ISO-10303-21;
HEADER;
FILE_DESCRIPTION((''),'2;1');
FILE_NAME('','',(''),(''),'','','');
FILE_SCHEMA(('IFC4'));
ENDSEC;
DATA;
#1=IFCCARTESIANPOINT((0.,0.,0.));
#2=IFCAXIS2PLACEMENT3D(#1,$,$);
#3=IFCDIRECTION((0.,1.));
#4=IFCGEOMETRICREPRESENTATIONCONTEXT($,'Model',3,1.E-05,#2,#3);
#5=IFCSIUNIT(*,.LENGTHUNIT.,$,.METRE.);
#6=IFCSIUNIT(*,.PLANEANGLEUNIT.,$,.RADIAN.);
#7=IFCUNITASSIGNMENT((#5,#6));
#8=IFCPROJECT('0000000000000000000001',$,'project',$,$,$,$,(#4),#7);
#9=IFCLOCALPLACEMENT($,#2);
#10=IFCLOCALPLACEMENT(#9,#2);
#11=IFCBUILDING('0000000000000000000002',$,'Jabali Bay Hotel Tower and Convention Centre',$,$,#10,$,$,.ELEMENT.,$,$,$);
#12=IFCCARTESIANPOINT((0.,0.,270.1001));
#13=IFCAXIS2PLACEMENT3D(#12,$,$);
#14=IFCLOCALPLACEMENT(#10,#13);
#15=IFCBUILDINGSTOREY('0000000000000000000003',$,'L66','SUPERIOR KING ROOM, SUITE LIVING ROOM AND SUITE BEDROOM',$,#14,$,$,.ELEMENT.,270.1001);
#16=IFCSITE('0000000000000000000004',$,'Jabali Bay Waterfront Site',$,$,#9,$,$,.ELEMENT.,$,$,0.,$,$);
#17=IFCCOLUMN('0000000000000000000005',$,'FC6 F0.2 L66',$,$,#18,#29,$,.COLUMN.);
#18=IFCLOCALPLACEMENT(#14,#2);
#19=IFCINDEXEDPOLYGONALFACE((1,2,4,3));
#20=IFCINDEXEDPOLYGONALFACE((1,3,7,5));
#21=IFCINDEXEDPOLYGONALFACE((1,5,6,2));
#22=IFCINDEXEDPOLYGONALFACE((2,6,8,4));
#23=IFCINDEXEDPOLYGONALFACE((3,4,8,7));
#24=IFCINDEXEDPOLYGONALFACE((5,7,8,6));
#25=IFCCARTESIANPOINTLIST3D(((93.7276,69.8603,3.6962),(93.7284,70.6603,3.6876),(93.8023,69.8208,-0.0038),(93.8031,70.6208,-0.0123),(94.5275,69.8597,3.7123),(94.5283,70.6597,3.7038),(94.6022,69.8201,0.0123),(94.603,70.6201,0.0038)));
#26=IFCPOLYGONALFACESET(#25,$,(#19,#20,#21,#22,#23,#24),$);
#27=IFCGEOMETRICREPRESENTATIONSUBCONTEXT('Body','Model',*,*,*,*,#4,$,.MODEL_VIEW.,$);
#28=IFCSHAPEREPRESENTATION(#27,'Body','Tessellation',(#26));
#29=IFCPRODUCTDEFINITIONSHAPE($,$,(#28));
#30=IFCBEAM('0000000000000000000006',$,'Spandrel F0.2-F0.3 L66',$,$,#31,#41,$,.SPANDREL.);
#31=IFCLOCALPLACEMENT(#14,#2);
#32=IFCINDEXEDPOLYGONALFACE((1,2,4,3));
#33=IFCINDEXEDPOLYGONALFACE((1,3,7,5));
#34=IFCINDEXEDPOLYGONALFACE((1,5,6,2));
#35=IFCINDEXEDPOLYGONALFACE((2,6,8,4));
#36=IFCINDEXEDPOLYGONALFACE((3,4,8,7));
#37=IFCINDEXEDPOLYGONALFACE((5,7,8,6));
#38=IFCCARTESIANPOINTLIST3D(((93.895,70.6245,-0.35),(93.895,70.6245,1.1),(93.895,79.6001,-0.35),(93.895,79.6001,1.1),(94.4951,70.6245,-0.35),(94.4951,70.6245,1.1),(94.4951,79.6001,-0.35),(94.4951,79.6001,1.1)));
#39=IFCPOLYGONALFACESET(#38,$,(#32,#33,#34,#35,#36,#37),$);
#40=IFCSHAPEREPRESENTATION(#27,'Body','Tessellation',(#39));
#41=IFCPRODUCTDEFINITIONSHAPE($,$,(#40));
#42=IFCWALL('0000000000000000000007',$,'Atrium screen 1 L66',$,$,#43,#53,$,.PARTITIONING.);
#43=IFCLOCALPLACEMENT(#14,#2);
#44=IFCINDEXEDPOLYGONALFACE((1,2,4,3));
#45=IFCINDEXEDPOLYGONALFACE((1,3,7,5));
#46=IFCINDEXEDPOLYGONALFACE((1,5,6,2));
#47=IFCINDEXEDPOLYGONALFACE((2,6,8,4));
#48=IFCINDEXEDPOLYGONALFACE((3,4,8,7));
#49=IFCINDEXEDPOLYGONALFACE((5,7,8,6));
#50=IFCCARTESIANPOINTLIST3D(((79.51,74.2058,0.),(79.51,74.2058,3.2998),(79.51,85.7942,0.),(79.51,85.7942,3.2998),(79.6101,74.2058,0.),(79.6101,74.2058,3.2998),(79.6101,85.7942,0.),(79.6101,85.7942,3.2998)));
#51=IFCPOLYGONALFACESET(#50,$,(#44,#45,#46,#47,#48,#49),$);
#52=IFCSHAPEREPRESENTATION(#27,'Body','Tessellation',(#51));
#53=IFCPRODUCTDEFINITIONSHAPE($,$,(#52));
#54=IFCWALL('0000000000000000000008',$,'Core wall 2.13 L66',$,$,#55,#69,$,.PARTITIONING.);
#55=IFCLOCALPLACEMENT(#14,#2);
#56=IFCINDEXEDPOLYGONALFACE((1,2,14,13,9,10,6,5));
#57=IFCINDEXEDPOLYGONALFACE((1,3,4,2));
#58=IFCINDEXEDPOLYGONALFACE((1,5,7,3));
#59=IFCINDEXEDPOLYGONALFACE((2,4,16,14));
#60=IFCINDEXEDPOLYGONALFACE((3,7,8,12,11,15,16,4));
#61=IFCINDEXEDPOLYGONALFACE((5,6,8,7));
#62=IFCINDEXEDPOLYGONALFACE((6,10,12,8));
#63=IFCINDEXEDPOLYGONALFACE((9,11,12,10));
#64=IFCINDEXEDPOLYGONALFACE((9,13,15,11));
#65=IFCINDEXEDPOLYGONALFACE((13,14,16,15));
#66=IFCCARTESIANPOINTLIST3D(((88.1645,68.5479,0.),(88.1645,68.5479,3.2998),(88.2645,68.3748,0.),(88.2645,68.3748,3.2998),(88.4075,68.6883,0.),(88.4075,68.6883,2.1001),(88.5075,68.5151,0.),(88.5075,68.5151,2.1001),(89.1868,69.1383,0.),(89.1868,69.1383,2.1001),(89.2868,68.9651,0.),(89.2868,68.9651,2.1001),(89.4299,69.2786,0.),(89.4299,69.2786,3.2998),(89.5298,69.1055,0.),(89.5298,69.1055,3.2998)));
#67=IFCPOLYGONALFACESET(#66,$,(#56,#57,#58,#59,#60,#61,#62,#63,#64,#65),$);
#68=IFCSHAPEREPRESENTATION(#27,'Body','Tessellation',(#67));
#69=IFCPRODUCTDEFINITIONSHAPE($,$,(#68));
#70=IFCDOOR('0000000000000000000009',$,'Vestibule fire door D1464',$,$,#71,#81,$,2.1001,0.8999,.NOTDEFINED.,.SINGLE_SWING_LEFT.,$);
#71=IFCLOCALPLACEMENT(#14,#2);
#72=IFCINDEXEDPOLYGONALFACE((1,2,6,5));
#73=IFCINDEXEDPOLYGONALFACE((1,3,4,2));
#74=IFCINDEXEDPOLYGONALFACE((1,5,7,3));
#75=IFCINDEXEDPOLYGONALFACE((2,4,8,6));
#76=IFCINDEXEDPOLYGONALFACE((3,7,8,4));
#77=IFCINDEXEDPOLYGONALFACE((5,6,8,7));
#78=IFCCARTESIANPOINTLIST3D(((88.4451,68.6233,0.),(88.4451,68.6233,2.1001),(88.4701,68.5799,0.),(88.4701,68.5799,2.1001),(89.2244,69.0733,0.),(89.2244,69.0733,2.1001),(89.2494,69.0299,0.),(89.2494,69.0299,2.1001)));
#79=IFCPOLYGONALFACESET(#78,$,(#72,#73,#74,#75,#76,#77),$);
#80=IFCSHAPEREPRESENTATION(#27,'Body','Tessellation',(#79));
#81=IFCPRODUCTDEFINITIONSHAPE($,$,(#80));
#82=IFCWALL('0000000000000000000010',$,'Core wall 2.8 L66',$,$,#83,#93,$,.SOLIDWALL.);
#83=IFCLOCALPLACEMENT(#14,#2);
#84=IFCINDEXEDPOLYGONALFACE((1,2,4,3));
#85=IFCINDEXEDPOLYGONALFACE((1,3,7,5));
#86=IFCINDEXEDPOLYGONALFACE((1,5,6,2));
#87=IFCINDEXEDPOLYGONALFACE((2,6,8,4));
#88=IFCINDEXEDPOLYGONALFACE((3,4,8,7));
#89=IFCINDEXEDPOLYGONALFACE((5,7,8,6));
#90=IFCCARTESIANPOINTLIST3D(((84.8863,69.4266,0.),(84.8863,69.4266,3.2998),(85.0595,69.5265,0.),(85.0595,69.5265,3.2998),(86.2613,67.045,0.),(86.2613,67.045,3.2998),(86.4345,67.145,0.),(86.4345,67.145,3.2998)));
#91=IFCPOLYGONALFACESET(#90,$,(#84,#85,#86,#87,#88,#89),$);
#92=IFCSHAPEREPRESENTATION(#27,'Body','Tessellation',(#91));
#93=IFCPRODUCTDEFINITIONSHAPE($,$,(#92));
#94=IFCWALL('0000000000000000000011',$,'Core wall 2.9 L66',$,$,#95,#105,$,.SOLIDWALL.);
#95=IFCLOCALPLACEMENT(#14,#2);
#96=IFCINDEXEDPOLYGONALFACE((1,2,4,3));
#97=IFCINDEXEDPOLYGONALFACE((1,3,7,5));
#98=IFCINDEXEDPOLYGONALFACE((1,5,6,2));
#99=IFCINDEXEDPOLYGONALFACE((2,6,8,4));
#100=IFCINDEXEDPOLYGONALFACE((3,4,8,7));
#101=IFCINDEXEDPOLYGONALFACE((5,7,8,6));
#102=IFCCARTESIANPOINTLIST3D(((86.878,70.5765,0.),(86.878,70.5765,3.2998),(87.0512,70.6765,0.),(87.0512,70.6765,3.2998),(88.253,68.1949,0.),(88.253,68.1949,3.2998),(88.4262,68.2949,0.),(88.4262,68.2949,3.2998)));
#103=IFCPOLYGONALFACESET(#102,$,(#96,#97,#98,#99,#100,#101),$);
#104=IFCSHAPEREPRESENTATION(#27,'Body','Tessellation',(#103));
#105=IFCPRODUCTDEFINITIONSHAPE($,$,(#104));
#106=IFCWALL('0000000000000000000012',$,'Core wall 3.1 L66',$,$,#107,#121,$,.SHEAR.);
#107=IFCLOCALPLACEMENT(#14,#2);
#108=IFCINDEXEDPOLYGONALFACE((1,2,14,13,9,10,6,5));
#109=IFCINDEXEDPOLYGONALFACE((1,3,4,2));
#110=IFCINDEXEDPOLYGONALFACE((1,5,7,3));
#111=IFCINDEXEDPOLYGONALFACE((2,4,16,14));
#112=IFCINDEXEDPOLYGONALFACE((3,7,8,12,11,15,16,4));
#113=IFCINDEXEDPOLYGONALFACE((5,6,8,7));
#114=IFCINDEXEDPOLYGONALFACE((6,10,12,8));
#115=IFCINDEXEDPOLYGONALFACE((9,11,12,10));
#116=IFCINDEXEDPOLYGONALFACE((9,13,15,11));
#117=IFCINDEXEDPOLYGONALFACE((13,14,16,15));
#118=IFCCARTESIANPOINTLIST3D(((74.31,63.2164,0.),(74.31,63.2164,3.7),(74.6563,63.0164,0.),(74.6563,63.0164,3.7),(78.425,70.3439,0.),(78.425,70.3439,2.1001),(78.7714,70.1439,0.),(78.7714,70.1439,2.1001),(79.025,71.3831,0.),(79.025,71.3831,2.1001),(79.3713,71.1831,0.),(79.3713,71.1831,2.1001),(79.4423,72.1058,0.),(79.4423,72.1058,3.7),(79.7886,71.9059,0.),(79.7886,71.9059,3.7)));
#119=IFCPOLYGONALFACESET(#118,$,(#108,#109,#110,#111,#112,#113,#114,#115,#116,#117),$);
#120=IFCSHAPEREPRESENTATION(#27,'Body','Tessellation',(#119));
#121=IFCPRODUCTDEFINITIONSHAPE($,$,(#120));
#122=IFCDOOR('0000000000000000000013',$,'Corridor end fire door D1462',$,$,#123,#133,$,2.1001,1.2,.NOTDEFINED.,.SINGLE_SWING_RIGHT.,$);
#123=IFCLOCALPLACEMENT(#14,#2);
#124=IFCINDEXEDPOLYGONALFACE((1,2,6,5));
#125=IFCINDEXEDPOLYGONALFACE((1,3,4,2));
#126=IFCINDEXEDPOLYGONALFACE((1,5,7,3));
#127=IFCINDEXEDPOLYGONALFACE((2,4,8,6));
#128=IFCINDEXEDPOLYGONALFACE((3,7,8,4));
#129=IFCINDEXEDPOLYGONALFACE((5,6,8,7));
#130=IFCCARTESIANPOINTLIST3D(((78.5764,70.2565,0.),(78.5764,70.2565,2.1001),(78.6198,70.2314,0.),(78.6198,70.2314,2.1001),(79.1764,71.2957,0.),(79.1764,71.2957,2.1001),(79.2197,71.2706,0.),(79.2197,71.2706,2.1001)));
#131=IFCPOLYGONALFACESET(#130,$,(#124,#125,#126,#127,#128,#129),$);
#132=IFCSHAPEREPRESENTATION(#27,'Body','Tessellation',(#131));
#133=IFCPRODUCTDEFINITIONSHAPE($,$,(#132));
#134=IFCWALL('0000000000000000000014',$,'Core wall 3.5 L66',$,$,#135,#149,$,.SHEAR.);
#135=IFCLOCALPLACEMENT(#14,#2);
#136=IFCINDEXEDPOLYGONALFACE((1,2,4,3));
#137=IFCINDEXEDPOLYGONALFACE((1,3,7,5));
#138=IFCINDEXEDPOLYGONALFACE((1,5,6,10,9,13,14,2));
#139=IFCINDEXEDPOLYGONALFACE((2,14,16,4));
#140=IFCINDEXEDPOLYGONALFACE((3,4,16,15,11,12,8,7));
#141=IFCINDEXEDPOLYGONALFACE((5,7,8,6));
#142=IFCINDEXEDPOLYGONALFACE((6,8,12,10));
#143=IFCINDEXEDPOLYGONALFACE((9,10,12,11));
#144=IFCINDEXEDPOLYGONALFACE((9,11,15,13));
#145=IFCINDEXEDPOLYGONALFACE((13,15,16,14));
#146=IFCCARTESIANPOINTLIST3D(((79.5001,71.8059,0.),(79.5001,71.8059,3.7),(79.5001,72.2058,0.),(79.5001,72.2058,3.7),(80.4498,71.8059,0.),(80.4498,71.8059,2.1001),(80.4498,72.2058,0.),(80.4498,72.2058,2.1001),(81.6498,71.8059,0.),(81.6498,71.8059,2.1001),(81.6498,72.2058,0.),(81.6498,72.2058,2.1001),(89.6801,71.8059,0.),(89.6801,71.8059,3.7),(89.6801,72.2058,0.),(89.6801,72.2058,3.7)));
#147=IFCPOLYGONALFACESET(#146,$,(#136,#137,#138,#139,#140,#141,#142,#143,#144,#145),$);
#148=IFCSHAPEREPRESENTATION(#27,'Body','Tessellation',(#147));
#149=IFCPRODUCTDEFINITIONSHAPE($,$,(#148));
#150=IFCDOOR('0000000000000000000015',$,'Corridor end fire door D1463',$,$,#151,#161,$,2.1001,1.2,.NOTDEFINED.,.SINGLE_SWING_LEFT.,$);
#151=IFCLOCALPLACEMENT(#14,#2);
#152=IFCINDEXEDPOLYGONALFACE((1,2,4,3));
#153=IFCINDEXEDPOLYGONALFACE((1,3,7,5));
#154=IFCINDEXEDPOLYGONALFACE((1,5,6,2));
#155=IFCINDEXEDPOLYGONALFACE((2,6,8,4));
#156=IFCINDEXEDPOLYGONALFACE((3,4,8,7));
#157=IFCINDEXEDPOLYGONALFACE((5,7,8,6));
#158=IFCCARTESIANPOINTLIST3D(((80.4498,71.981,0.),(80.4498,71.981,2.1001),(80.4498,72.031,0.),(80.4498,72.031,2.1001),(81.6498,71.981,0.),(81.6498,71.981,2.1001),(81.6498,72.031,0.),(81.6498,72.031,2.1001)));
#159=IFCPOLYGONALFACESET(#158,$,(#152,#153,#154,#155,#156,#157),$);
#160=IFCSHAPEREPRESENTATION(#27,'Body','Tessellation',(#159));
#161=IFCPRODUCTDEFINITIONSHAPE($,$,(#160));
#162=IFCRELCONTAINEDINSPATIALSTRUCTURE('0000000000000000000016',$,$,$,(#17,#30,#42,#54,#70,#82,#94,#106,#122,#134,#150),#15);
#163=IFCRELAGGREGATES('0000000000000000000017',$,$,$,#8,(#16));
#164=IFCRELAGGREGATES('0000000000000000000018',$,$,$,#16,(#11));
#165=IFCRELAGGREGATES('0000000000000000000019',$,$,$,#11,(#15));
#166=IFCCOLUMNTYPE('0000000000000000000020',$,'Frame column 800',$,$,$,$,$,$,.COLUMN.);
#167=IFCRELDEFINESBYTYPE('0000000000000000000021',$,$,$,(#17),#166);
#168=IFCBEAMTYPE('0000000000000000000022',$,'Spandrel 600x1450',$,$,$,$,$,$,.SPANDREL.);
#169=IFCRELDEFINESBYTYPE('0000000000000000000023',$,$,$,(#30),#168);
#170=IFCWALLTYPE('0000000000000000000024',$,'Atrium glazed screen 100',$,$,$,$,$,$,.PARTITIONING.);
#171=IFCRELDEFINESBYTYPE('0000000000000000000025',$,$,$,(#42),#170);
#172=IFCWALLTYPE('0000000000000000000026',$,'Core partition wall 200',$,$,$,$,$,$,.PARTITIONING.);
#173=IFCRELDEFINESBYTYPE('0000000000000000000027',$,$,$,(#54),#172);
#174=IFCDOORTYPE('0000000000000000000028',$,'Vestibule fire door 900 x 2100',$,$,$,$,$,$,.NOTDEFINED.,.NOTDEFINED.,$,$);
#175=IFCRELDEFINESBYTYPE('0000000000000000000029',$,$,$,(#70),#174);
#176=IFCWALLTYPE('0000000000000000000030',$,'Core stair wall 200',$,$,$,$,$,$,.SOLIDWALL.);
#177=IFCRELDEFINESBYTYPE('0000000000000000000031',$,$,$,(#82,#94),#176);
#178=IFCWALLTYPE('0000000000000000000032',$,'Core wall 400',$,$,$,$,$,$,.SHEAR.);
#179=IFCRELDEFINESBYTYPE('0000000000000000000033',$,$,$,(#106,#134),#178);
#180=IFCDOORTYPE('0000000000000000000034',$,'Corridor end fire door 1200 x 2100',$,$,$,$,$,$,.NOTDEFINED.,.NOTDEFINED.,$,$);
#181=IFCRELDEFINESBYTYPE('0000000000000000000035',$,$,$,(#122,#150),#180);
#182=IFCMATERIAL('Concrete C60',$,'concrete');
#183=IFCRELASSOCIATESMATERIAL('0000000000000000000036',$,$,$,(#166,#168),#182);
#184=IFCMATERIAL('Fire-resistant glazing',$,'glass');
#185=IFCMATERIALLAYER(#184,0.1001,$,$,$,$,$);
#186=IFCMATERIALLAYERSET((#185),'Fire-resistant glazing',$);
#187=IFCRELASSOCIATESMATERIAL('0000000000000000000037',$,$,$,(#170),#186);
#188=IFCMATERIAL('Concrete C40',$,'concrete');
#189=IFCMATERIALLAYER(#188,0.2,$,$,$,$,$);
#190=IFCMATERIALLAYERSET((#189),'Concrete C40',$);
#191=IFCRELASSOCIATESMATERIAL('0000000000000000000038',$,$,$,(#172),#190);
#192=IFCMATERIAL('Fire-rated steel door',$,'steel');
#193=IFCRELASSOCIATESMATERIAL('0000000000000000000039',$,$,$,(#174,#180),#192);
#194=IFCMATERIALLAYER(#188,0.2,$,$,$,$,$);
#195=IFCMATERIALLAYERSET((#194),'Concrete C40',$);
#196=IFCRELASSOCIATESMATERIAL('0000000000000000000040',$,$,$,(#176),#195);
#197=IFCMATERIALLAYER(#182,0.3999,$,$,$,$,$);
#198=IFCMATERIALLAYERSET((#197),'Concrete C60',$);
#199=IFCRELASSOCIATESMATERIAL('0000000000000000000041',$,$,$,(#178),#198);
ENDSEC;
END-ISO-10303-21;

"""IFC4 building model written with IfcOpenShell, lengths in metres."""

from ifc_helpers import new_model, si_unit, direction, frame, frame_2d, origin, origin_2d, place, context, subcontext, project, spatial, rectangle, extrude, material, layer, layer_set, material_profile, profile_set, type_object, element, fill, save


model = new_model("IFC4")

# Units and contexts
model_context = context("Model", 3, precision=1e-05, world=origin(), true_north=direction((0.0, 1.0)))
body_context = subcontext(model_context, "Body", "Model", "MODEL_VIEW")
ifc_project = project(units=[si_unit("LENGTHUNIT", "METRE"), si_unit("PLANEANGLEUNIT", "RADIAN")], contexts=[model_context])

# Site, building, storey
site_placement = place(None, origin())
site = spatial("IfcSite", under=ifc_project, at=site_placement, Name="Jabali Bay Waterfront Site", CompositionType="ELEMENT", RefElevation=0.0)
building_placement = place(site_placement, origin())
building = spatial("IfcBuilding", under=site, at=building_placement, Name="Jabali Bay Hotel Tower and Convention Centre", CompositionType="ELEMENT")
storey_placement = place(building_placement, frame((0.0, 0.0, 270.1001)))
storey = spatial("IfcBuildingStorey", under=building, at=storey_placement, Name="L66", Description="SUPERIOR KING ROOM, SUITE LIVING ROOM AND SUITE BEDROOM", CompositionType="ELEMENT", Elevation=270.1001)

# Column
ifc_material_1 = material(Name="Concrete C60", Category="concrete")
ifc_material_profile_1 = material_profile(ifc_material_1, rectangle(XDim=0.8, YDim=0.8, at=origin_2d()), Name="Frame column 800")
ifc_profile_set_1 = profile_set([ifc_material_profile_1], Name="Concrete C60")
column_type = type_object("IfcColumnType", Name="Frame column 800", PredefinedType="COLUMN", material=ifc_profile_set_1)
column_placement = place(storey_placement, frame((94.2026, 70.2205, 0.0), z_axis=(-0.020186, 0.010687, 0.999739), x_axis=(-0.001013, -0.999943, 0.010668)))
element("IfcColumn", 1, at=column_placement, inside=storey, type_object=column_type, Name="FC6 F0.2 L66", PredefinedType="COLUMN", context=body_context, shape_type="SweptSolid", body=[
    extrude(rectangle(XDim=0.8, YDim=0.8, at=origin_2d()), origin(), (0.0, 0.0, 1.0), 3.7009),
])

# Beam
ifc_material_profile_2 = material_profile(ifc_material_1, rectangle(XDim=0.6001, YDim=1.45, at=origin_2d()), Name="Spandrel 600x1450")
ifc_profile_set_2 = profile_set([ifc_material_profile_2], Name="Concrete C60")
beam_type = type_object("IfcBeamType", Name="Spandrel 600x1450", PredefinedType="SPANDREL", material=ifc_profile_set_2)
beam_placement = place(storey_placement, frame((94.1951, 70.6245, 0.375), z_axis=(0.0, 1.0, 0.0), x_axis=(-1.0, 0.0, 0.0)))
element("IfcBeam", 2, at=beam_placement, inside=storey, type_object=beam_type, Name="Spandrel F0.2-F0.3 L66", PredefinedType="SPANDREL", context=body_context, shape_type="SweptSolid", body=[
    extrude(rectangle(XDim=0.6001, YDim=1.45, at=origin_2d()), origin(), (0.0, 0.0, 1.0), 8.9756),
])

# Wall
ifc_material_2 = material(Name="Fire-resistant glazing", Category="glass")
ifc_layer_1 = layer(ifc_material_2, 0.1001)
ifc_layer_set_1 = layer_set([ifc_layer_1], Name="Fire-resistant glazing")
wall_type_1 = type_object("IfcWallType", Name="Atrium glazed screen 100", PredefinedType="PARTITIONING", material=ifc_layer_set_1)
wall_1_placement = place(storey_placement, frame((79.5601, 74.2058, 0.0), z_axis=(0.0, 0.0, 1.0), x_axis=(0.0, 1.0, 0.0)))
element("IfcWall", 3, at=wall_1_placement, inside=storey, type_object=wall_type_1, Name="Atrium screen 1 L66", PredefinedType="PARTITIONING", context=body_context, shape_type="SweptSolid", body=[
    extrude(rectangle(XDim=11.5884, YDim=0.1001, at=frame_2d((5.7942, 0.0))), origin(), (0.0, 0.0, 1.0), 3.2998),
])

# Wall, opening, door
ifc_material_3 = material(Name="Concrete C40", Category="concrete")
ifc_layer_2 = layer(ifc_material_3, 0.2)
ifc_layer_set_2 = layer_set([ifc_layer_2], Name="Concrete C40")
wall_type_2 = type_object("IfcWallType", Name="Core partition wall 200", PredefinedType="PARTITIONING", material=ifc_layer_set_2)
wall_2_placement = place(storey_placement, frame((88.2146, 68.4614, 0.0), z_axis=(0.0, 0.0, 1.0), x_axis=(0.865982, 0.500074, 0.0)))
wall_2 = element("IfcWall", 4, at=wall_2_placement, inside=storey, type_object=wall_type_2, Name="Core wall 2.13 L66", PredefinedType="PARTITIONING", context=body_context, shape_type="SweptSolid", body=[
    extrude(rectangle(XDim=1.4612, YDim=0.2, at=frame_2d((0.7305, 0.0))), origin(), (0.0, 0.0, 1.0), 3.2998),
])
opening_1_placement = place(wall_2_placement, frame((0.2805, 0.0, 0.0)))
opening_1 = element("IfcOpeningElement", 5, at=opening_1_placement, cuts=wall_2, PredefinedType="OPENING", context=body_context, shape_type="SweptSolid", body=[
    extrude(rectangle(XDim=0.8999, YDim=2.1001, at=frame_2d((0.45, 1.05))), frame((0.0, 0.1104, 0.0), z_axis=(0.0, -1.0, 0.0), x_axis=(1.0, 0.0, 0.0)), (0.0, 0.0, 1.0), 0.2209),
])
ifc_material_4 = material(Name="Fire-rated steel door", Category="steel")
door_type_1 = type_object("IfcDoorType", Name="Vestibule fire door 900 x 2100", OperationType="NOTDEFINED", PredefinedType="NOTDEFINED", material=ifc_material_4)
door_1_placement = place(opening_1_placement, origin())
door_1 = element("IfcDoor", 6, at=door_1_placement, inside=storey, type_object=door_type_1, Name="Vestibule fire door D1464", OperationType="SINGLE_SWING_LEFT", OverallHeight=2.1001, OverallWidth=0.8999, PredefinedType="NOTDEFINED", context=body_context, shape_type="SweptSolid", body=[
    extrude(rectangle(XDim=0.8999, YDim=2.1001, at=frame_2d((0.45, 1.05))), frame((0.0, 0.0249, 0.0), z_axis=(0.0, -1.0, 0.0), x_axis=(1.0, 0.0, 0.0)), (0.0, 0.0, 1.0), 0.05),
])
fill(opening_1, door_1)

# Walls
ifc_layer_3 = layer(ifc_material_3, 0.2)
ifc_layer_set_3 = layer_set([ifc_layer_3], Name="Concrete C40")
wall_type_3 = type_object("IfcWallType", Name="Core stair wall 200", PredefinedType="SOLIDWALL", material=ifc_layer_set_3)
for number, where, z_axis, x_axis, name in (
    (7, (84.9729, 69.4766, 0.0), (0.0, 0.0, 1.0), (0.499997, -0.866027, 0.0), "Core wall 2.8 L66"),
    (8, (86.9646, 70.6265, 0.0), (0.0, 0.0, 1.0), (0.499997, -0.866027, 0.0), "Core wall 2.9 L66"),
):
    element("IfcWall", number, at=place(storey_placement, frame(where, z_axis=z_axis, x_axis=x_axis)), inside=storey, type_object=wall_type_3, Name=name, PredefinedType="SOLIDWALL", context=body_context, shape_type="SweptSolid", body=[
        extrude(rectangle(XDim=2.75, YDim=0.2, at=frame_2d((1.375, 0.0))), origin(), (0.0, 0.0, 1.0), 3.2998),
    ])

# Walls, openings, doors
ifc_layer_4 = layer(ifc_material_1, 0.3999)
ifc_layer_set_4 = layer_set([ifc_layer_4], Name="Concrete C60")
wall_type_4 = type_object("IfcWallType", Name="Core wall 400", PredefinedType="SHEAR", material=ifc_layer_set_4)
wall_3_placement = place(storey_placement, frame((79.6155, 72.0059, 0.0), z_axis=(0.0, 0.0, 1.0), x_axis=(-0.500002, -0.866024, 0.0)))
wall_3 = element("IfcWall", 9, at=wall_3_placement, inside=storey, type_object=wall_type_4, Name="Core wall 3.1 L66", PredefinedType="SHEAR", context=body_context, shape_type="SweptSolid", body=[
    extrude(rectangle(XDim=10.2646, YDim=0.3999, at=frame_2d((5.1323, 0.0))), origin(), (0.0, 0.0, 1.0), 3.7),
])
opening_2_placement = place(wall_3_placement, frame((0.8345, 0.0, 0.0)))
opening_2 = element("IfcOpeningElement", 10, at=opening_2_placement, cuts=wall_3, PredefinedType="OPENING", context=body_context, shape_type="SweptSolid", body=[
    extrude(rectangle(XDim=1.2, YDim=2.1001, at=frame_2d((0.6001, 1.05))), frame((0.0, 0.2104, 0.0), z_axis=(0.0, -1.0, 0.0), x_axis=(1.0, 0.0, 0.0)), (0.0, 0.0, 1.0), 0.4209),
])
door_type_2 = type_object("IfcDoorType", Name="Corridor end fire door 1200 x 2100", OperationType="NOTDEFINED", PredefinedType="NOTDEFINED", material=ifc_material_4)
door_2_placement = place(opening_2_placement, origin())
door_2 = element("IfcDoor", 11, at=door_2_placement, inside=storey, type_object=door_type_2, Name="Corridor end fire door D1462", OperationType="SINGLE_SWING_RIGHT", OverallHeight=2.1001, OverallWidth=1.2, PredefinedType="NOTDEFINED", context=body_context, shape_type="SweptSolid", body=[
    extrude(rectangle(XDim=1.2, YDim=2.1001, at=frame_2d((0.6001, 1.05))), frame((0.0, 0.0249, 0.0), z_axis=(0.0, -1.0, 0.0), x_axis=(1.0, 0.0, 0.0)), (0.0, 0.0, 1.0), 0.05),
])
fill(opening_2, door_2)
wall_4_placement = place(storey_placement, frame((89.6799, 72.0059, 0.0), z_axis=(0.0, 0.0, 1.0), x_axis=(-1.0, 0.0, 0.0)))
wall_4 = element("IfcWall", 12, at=wall_4_placement, inside=storey, type_object=wall_type_4, Name="Core wall 3.5 L66", PredefinedType="SHEAR", context=body_context, shape_type="SweptSolid", body=[
    extrude(rectangle(XDim=10.1799, YDim=0.3999, at=frame_2d((5.0898, 0.0))), origin(), (0.0, 0.0, 1.0), 3.7),
])
opening_3_placement = place(wall_4_placement, frame((8.03, 0.0, 0.0)))
opening_3 = element("IfcOpeningElement", 13, at=opening_3_placement, cuts=wall_4, PredefinedType="OPENING", context=body_context, shape_type="SweptSolid", body=[
    extrude(rectangle(XDim=1.2, YDim=2.1001, at=frame_2d((0.6001, 1.05))), frame((0.0, 0.2104, 0.0), z_axis=(0.0, -1.0, 0.0), x_axis=(1.0, 0.0, 0.0)), (0.0, 0.0, 1.0), 0.4209),
])
door_3_placement = place(opening_3_placement, origin())
door_3 = element("IfcDoor", 14, at=door_3_placement, inside=storey, type_object=door_type_2, Name="Corridor end fire door D1463", OperationType="SINGLE_SWING_LEFT", OverallHeight=2.1001, OverallWidth=1.2, PredefinedType="NOTDEFINED", context=body_context, shape_type="SweptSolid", body=[
    extrude(rectangle(XDim=1.2, YDim=2.1001, at=frame_2d((0.6001, 1.05))), frame((0.0, 0.0249, 0.0), z_axis=(0.0, -1.0, 0.0), x_axis=(1.0, 0.0, 0.0)), (0.0, 0.0, 1.0), 0.05),
])
fill(opening_3, door_3)

save(model, "model.ifc")
